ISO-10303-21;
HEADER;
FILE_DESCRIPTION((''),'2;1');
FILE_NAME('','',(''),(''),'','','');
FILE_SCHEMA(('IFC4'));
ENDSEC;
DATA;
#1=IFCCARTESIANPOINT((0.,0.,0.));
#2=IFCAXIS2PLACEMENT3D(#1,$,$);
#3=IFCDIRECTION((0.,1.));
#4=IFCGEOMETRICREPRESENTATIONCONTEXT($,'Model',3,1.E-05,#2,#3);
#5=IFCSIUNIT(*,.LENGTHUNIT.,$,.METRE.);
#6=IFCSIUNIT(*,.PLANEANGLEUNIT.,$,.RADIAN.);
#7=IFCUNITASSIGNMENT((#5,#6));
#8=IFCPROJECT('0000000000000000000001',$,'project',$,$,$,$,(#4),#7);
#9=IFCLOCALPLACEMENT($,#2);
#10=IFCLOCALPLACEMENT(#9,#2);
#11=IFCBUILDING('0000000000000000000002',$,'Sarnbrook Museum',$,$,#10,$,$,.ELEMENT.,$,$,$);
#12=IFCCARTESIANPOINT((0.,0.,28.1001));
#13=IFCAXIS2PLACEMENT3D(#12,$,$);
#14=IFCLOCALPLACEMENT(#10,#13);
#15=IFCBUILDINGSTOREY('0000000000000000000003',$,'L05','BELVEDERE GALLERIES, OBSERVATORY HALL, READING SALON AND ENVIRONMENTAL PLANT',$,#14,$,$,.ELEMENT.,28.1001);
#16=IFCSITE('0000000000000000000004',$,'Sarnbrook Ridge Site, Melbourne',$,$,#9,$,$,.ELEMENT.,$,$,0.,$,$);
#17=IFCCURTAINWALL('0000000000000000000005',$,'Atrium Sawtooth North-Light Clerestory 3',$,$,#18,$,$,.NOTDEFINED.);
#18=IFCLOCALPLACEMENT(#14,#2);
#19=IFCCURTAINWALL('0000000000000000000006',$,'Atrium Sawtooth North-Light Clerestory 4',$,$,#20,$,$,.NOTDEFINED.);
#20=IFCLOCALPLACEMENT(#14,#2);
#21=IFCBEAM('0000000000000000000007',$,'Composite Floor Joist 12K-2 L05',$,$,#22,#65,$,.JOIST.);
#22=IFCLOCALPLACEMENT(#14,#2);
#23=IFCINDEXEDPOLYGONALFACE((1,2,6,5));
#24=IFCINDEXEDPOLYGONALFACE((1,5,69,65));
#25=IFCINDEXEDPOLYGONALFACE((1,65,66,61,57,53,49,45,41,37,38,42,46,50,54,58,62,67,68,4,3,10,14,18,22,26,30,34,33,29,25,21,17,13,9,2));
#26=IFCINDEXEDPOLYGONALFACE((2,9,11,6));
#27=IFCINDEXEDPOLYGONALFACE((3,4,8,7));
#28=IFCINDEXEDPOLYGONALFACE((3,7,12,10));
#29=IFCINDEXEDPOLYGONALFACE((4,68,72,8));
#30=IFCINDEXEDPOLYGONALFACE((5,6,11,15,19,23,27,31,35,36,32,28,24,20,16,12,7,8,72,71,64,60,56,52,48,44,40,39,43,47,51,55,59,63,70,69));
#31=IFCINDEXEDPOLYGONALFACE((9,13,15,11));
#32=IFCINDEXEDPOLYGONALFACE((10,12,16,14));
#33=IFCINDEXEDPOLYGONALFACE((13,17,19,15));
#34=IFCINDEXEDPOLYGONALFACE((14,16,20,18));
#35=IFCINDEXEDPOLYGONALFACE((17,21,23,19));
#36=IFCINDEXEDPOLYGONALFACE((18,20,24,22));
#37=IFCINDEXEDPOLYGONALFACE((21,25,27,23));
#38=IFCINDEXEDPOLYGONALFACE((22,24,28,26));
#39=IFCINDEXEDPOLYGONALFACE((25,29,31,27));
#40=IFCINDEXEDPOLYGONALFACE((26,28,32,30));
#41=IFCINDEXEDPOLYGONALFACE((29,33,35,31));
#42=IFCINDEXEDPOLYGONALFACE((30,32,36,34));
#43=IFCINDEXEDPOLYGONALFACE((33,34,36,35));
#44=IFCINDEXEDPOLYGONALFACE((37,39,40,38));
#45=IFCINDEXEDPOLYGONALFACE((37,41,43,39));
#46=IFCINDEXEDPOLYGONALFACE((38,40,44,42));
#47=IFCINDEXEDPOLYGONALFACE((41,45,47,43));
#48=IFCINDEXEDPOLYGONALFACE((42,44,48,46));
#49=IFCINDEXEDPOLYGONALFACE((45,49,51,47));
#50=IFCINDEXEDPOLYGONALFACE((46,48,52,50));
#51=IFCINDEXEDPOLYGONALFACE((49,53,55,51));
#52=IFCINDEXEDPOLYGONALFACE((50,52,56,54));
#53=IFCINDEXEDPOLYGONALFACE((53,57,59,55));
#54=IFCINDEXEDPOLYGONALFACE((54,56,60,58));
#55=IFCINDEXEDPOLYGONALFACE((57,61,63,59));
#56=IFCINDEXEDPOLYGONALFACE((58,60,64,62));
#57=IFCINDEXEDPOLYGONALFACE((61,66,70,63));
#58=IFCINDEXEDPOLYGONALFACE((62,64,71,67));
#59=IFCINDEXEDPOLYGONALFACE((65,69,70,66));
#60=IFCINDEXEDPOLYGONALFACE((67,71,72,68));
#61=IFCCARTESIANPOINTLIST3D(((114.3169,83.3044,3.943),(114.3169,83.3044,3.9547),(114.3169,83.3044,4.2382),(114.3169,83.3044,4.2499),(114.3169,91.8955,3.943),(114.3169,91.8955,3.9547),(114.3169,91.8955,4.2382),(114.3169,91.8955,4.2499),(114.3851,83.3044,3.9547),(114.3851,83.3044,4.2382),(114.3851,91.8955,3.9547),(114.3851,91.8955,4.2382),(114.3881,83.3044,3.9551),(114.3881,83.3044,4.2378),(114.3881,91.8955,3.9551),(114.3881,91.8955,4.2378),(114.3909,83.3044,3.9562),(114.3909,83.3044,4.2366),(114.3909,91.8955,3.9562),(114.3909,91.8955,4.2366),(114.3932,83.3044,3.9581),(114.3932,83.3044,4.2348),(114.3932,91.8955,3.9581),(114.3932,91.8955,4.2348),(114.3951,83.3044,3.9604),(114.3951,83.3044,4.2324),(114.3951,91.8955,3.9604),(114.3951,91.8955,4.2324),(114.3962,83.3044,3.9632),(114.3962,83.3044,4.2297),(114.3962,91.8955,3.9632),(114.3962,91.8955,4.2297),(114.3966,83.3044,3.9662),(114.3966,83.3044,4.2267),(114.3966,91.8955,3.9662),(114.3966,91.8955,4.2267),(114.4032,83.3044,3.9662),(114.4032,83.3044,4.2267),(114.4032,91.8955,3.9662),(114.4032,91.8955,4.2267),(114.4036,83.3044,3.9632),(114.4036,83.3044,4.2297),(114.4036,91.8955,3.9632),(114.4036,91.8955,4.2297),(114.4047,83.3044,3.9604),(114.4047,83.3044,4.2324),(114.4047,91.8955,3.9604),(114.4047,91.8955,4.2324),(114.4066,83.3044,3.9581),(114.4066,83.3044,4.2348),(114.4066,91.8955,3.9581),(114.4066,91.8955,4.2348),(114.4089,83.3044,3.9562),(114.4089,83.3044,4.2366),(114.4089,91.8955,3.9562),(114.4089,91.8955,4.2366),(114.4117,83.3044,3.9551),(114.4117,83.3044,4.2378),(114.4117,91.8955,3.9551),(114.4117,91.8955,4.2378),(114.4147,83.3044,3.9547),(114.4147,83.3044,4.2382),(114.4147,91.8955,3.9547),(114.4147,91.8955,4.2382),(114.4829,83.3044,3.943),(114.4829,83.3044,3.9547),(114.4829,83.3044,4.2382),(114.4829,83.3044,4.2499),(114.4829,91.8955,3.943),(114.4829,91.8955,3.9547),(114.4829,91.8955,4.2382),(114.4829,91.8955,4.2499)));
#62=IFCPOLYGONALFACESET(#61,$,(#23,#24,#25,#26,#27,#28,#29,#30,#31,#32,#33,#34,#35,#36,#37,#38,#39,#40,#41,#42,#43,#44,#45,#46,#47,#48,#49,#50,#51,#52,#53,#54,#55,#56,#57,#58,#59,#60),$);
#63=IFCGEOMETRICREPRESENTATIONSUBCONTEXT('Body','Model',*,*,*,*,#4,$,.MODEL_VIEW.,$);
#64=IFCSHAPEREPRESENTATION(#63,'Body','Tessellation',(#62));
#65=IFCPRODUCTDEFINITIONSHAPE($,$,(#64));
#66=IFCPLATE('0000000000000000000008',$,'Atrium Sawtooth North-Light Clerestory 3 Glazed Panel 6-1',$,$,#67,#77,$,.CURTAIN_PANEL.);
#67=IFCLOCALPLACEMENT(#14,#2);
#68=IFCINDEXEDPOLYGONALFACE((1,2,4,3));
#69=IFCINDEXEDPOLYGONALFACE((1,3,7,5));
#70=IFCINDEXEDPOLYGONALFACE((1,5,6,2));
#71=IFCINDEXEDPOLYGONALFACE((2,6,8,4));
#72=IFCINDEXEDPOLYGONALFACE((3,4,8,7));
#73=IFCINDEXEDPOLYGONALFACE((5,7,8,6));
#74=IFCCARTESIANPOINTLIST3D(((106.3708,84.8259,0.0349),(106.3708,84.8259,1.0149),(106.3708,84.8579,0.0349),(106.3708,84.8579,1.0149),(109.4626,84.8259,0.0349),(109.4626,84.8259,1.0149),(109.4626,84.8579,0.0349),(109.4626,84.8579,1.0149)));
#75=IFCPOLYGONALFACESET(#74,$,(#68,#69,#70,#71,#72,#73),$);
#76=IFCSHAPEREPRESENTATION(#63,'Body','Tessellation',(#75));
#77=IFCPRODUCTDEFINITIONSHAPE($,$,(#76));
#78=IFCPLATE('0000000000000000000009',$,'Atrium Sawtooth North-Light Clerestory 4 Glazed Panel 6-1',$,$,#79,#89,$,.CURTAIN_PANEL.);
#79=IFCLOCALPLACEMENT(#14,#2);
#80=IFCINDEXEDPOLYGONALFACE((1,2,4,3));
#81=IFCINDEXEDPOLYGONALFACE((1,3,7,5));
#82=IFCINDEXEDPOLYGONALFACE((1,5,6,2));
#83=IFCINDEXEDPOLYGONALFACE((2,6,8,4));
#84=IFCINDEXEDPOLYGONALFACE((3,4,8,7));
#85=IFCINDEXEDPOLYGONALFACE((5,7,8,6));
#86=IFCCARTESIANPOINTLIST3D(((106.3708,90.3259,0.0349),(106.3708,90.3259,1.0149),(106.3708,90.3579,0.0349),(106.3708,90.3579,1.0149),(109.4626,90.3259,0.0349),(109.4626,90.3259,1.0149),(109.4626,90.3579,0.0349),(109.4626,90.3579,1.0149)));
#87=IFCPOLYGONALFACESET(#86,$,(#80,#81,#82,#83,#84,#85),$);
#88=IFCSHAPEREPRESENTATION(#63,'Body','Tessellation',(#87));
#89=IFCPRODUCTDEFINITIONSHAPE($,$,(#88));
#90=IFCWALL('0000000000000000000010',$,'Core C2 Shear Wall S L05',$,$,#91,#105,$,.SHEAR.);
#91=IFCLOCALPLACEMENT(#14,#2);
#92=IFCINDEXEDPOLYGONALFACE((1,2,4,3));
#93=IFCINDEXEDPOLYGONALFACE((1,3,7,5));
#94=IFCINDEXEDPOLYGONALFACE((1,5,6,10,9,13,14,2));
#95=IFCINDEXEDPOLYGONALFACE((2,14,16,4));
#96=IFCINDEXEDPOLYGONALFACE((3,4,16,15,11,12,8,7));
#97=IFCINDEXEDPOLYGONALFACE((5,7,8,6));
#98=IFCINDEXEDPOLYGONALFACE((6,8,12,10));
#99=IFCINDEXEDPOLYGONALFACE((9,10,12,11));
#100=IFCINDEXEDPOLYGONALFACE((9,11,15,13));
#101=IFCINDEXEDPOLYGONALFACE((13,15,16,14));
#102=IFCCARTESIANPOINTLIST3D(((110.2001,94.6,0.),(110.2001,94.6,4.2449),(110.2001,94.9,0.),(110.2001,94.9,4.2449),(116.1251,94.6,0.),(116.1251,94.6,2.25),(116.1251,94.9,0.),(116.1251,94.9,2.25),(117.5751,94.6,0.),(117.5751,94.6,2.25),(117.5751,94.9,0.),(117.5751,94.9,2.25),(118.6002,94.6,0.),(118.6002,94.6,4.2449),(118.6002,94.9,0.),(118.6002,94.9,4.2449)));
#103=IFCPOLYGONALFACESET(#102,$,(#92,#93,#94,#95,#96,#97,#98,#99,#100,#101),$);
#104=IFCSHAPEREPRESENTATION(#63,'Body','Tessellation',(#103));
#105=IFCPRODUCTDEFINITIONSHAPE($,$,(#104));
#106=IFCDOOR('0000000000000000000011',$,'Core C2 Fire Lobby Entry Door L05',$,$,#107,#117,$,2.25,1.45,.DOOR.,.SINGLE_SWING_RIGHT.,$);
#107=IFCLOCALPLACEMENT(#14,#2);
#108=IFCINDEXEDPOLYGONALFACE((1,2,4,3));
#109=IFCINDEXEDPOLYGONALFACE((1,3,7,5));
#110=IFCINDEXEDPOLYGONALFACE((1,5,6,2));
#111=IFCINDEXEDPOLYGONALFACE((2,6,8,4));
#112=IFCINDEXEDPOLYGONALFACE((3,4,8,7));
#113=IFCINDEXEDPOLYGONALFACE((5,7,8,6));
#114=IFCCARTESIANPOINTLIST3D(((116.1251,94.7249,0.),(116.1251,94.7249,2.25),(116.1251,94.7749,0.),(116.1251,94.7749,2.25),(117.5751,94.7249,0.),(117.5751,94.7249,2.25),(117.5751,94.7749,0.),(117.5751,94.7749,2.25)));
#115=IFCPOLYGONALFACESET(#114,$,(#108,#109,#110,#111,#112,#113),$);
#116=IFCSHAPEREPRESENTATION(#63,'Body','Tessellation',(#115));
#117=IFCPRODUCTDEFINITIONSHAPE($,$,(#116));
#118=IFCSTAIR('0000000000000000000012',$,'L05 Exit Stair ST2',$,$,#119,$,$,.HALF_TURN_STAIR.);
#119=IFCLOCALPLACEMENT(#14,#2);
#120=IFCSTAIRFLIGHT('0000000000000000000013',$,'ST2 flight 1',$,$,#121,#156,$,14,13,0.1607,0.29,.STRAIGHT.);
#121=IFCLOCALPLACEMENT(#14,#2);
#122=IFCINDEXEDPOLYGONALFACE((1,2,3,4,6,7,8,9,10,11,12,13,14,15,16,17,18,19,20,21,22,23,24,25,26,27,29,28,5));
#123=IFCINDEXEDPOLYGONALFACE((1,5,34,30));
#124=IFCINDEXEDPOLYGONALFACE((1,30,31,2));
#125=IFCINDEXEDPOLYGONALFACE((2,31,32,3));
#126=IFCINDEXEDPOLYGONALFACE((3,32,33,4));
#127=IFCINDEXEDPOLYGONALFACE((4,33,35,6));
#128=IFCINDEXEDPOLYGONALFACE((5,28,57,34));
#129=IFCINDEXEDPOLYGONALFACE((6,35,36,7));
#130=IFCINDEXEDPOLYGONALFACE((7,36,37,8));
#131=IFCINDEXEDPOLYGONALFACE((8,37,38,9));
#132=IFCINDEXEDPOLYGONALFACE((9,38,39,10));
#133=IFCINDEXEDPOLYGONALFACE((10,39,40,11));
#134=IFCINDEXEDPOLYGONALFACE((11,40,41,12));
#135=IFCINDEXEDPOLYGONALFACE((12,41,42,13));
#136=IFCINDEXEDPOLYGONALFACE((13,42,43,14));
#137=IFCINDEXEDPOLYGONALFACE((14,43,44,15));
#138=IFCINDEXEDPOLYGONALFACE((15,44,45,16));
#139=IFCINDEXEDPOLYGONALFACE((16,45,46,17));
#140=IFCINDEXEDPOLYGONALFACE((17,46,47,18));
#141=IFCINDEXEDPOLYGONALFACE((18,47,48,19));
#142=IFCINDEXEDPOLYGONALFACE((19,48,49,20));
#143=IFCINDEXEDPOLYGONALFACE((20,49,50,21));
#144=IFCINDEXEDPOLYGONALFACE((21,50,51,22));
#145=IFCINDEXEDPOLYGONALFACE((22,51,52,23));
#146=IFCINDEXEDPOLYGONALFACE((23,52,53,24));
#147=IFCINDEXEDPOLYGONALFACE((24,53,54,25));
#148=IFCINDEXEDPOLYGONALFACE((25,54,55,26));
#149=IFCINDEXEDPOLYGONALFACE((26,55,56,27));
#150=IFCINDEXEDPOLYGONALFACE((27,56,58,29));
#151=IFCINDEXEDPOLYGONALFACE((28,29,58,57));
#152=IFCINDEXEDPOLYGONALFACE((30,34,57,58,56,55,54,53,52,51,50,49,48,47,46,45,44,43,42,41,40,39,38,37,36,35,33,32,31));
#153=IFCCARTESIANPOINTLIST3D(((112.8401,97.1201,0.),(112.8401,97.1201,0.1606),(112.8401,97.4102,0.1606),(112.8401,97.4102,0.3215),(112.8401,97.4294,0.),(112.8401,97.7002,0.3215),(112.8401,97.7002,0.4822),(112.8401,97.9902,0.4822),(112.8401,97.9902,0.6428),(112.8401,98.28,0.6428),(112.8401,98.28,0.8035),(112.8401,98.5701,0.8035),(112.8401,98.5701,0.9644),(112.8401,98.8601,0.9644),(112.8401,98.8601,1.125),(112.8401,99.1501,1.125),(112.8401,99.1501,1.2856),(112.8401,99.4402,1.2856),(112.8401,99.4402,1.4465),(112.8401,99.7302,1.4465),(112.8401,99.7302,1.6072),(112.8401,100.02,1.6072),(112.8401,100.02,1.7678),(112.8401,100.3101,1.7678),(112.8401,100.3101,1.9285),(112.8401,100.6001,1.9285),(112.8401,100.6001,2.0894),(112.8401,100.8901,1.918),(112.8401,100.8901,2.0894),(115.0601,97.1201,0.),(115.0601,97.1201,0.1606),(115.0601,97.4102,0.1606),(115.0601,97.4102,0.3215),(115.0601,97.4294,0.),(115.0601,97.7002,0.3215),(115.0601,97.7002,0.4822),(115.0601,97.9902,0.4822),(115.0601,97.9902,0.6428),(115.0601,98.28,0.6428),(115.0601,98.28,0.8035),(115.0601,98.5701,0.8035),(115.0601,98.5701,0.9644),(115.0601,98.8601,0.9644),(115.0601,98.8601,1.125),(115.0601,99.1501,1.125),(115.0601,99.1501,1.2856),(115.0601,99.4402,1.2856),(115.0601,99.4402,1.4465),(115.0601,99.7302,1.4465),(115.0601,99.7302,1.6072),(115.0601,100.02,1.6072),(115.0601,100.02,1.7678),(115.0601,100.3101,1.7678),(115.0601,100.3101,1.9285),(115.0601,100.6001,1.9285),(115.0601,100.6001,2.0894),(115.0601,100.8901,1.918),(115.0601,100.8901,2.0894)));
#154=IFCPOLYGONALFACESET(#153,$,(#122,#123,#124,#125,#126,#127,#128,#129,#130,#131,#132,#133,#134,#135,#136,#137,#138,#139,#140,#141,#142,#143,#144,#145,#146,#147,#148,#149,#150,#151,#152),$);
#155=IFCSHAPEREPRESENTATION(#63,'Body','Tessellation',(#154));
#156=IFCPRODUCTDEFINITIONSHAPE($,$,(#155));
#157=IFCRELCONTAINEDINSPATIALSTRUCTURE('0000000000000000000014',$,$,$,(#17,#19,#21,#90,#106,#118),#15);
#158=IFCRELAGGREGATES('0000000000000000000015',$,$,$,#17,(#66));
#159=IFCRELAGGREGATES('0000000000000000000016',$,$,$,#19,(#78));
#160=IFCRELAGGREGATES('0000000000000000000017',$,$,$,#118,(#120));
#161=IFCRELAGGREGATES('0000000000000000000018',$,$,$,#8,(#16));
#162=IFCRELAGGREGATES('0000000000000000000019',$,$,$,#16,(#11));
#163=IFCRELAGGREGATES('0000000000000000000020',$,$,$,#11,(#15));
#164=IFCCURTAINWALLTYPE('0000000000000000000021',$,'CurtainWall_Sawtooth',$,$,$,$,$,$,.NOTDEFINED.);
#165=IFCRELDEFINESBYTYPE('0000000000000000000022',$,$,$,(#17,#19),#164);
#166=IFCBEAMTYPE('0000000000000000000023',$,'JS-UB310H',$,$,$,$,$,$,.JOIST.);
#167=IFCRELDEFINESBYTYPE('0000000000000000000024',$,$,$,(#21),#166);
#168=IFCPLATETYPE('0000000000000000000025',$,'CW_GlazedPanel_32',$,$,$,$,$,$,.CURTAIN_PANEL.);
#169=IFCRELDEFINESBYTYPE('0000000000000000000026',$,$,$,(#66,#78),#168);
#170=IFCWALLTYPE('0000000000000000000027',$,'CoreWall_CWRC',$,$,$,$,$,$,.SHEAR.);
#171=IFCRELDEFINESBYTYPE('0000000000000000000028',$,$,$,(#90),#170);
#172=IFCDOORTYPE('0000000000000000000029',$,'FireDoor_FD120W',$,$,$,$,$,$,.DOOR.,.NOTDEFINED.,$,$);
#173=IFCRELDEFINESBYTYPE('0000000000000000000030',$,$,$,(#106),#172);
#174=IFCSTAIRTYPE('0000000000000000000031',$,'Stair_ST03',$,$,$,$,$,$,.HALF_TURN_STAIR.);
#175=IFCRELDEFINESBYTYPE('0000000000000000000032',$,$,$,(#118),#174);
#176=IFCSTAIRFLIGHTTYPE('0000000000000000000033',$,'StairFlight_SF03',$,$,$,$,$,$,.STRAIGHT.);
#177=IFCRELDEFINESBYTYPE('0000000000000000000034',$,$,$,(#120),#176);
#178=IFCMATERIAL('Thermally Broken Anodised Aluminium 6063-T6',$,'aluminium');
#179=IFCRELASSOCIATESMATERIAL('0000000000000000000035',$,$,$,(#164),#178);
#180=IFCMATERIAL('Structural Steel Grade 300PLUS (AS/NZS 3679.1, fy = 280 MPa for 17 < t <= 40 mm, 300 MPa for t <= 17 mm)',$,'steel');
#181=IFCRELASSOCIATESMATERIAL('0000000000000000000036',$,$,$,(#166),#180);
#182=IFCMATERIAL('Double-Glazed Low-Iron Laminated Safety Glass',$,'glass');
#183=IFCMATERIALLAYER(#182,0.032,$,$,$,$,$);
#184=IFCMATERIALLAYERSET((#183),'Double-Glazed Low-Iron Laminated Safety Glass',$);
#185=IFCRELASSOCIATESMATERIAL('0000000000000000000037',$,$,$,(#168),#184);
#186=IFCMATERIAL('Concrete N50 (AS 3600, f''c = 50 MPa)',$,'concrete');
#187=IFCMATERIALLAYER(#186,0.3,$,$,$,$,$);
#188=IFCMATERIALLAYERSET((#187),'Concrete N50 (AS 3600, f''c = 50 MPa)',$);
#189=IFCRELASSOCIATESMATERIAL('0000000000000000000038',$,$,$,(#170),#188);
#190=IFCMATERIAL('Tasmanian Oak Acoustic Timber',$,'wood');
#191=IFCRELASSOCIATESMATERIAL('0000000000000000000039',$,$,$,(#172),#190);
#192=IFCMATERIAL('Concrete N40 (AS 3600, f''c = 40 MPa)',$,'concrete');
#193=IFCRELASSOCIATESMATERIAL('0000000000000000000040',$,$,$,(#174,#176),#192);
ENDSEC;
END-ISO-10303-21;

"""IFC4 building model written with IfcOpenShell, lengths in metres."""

from ifc_helpers import new_model, si_unit, direction, frame, frame_2d, origin, origin_2d, place, context, subcontext, project, spatial, polyline, rectangle, i_section, outline, extrude, material, layer, layer_set, material_profile, profile_set, type_object, element, fill, aggregate, save


model = new_model("IFC4")

# Units and contexts
model_context = context("Model", 3, precision=1e-05, world=origin(), true_north=direction((0.0, 1.0)))
body_context = subcontext(model_context, "Body", "Model", "MODEL_VIEW")
ifc_project = project(units=[si_unit("LENGTHUNIT", "METRE"), si_unit("PLANEANGLEUNIT", "RADIAN")], contexts=[model_context])

# Site, building, storey
site_placement = place(None, origin())
site = spatial("IfcSite", under=ifc_project, at=site_placement, Name="Sarnbrook Ridge Site, Melbourne", CompositionType="ELEMENT", RefElevation=0.0)
building_placement = place(site_placement, origin())
building = spatial("IfcBuilding", under=site, at=building_placement, Name="Sarnbrook Museum", CompositionType="ELEMENT")
storey_placement = place(building_placement, frame((0.0, 0.0, 28.1001)))
storey = spatial("IfcBuildingStorey", under=building, at=storey_placement, Name="L05", Description="BELVEDERE GALLERIES, OBSERVATORY HALL, READING SALON AND ENVIRONMENTAL PLANT", CompositionType="ELEMENT", Elevation=28.1001)

# Shared definitions
ifc_material_1 = material(Name="Structural Steel Grade 300PLUS (AS/NZS 3679.1, fy = 280 MPa for 17 < t <= 40 mm, 300 MPa for t <= 17 mm)", Category="steel")

# Curtain walls
ifc_material_2 = material(Name="Thermally Broken Anodised Aluminium 6063-T6", Category="aluminium")
curtain_wall_type = type_object("IfcCurtainWallType", Name="CurtainWall_Sawtooth", PredefinedType="NOTDEFINED", material=ifc_material_2)
curtain_wall_1_placement = place(storey_placement, origin())
curtain_wall_1 = element("IfcCurtainWall", 1, at=curtain_wall_1_placement, inside=storey, type_object=curtain_wall_type, Name="Atrium Sawtooth North-Light Clerestory 3", PredefinedType="NOTDEFINED")
curtain_wall_2_placement = place(storey_placement, origin())
curtain_wall_2 = element("IfcCurtainWall", 2, at=curtain_wall_2_placement, inside=storey, type_object=curtain_wall_type, Name="Atrium Sawtooth North-Light Clerestory 4", PredefinedType="NOTDEFINED")

# Beam
ifc_material_profile_1 = material_profile(ifc_material_1, i_section(OverallWidth=0.166, OverallDepth=0.3069, WebThickness=0.0066, FlangeThickness=0.0117, FilletRadius=0.0115, at=origin_2d()), Name="310UB46.2")
ifc_profile_set_1 = profile_set([ifc_material_profile_1], Name="Structural Steel Grade 300PLUS (AS/NZS 3679.1, fy = 280 MPa for 17 < t <= 40 mm, 300 MPa for t <= 17 mm)")
beam_type_1 = type_object("IfcBeamType", Name="JS-UB310H", PredefinedType="JOIST", material=ifc_profile_set_1)
for number, where, z_axis, x_axis, name in (
    (3, (114.3999, 83.3044, 4.0964), (0.0, 1.0, 0.0), (-1.0, 0.0, 0.0), "Composite Floor Joist 12K-2 L05"),
):
    element("IfcBeam", number, at=place(storey_placement, frame(where, z_axis=z_axis, x_axis=x_axis)), inside=storey, type_object=beam_type_1, Name=name, PredefinedType="JOIST", context=body_context, shape_type="SweptSolid", body=[
        extrude(i_section(OverallWidth=0.166, OverallDepth=0.3069, WebThickness=0.0066, FlangeThickness=0.0117, FilletRadius=0.0115, at=origin_2d()), origin(), (0.0, 0.0, 1.0), 8.5911),
    ])

# Plates
ifc_material_3 = material(Name="Double-Glazed Low-Iron Laminated Safety Glass", Category="glass")
ifc_layer_1 = layer(ifc_material_3, 0.032)
ifc_layer_set_1 = layer_set([ifc_layer_1], Name="Double-Glazed Low-Iron Laminated Safety Glass")
plate_type = type_object("IfcPlateType", Name="CW_GlazedPanel_32", PredefinedType="CURTAIN_PANEL", material=ifc_layer_set_1)
plate_1_placement = place(storey_placement, frame((107.9167, 84.8579, 0.5249), z_axis=(0.0, -1.0, 0.0), x_axis=(1.0, 0.0, 0.0)))
plate_1 = element("IfcPlate", 4, at=plate_1_placement, type_object=plate_type, Name="Atrium Sawtooth North-Light Clerestory 3 Glazed Panel 6-1", PredefinedType="CURTAIN_PANEL", context=body_context, shape_type="SweptSolid", body=[
    extrude(rectangle(XDim=3.0918, YDim=0.98, at=origin_2d()), origin(), (0.0, 0.0, 1.0), 0.032),
])
aggregate(curtain_wall_1, [plate_1])
plate_2_placement = place(storey_placement, frame((107.9167, 90.3579, 0.5249), z_axis=(0.0, -1.0, 0.0), x_axis=(1.0, 0.0, 0.0)))
plate_2 = element("IfcPlate", 5, at=plate_2_placement, type_object=plate_type, Name="Atrium Sawtooth North-Light Clerestory 4 Glazed Panel 6-1", PredefinedType="CURTAIN_PANEL", context=body_context, shape_type="SweptSolid", body=[
    extrude(rectangle(XDim=3.0918, YDim=0.98, at=origin_2d()), origin(), (0.0, 0.0, 1.0), 0.032),
])
aggregate(curtain_wall_2, [plate_2])

# Wall, opening, door
ifc_material_4 = material(Name="Concrete N50 (AS 3600, f'c = 50 MPa)", Category="concrete")
ifc_layer_2 = layer(ifc_material_4, 0.3)
ifc_layer_set_2 = layer_set([ifc_layer_2], Name="Concrete N50 (AS 3600, f'c = 50 MPa)")
wall_type = type_object("IfcWallType", Name="CoreWall_CWRC", PredefinedType="SHEAR", material=ifc_layer_set_2)
wall_placement = place(storey_placement, frame((110.2, 94.75, 0.0), z_axis=(0.0, 0.0, 1.0), x_axis=(1.0, 0.0, 0.0)))
wall = element("IfcWall", 6, at=wall_placement, inside=storey, type_object=wall_type, Name="Core C2 Shear Wall S L05", PredefinedType="SHEAR", context=body_context, shape_type="SweptSolid", body=[
    extrude(rectangle(XDim=8.4001, YDim=0.3, at=frame_2d((4.2002, 0.0))), origin(), (0.0, 0.0, 1.0), 4.2449),
])
opening_placement = place(wall_placement, frame((5.925, 0.0, 0.0)))
opening = element("IfcOpeningElement", 7, at=opening_placement, cuts=wall, PredefinedType="OPENING", context=body_context, shape_type="SweptSolid", body=[
    extrude(rectangle(XDim=1.45, YDim=2.25, at=frame_2d((0.7251, 1.125))), frame((0.0, 0.1602, 0.0), z_axis=(0.0, -1.0, 0.0), x_axis=(1.0, 0.0, 0.0)), (0.0, 0.0, 1.0), 0.3201),
])
ifc_material_5 = material(Name="Tasmanian Oak Acoustic Timber", Category="wood")
door_type = type_object("IfcDoorType", Name="FireDoor_FD120W", OperationType="NOTDEFINED", PredefinedType="DOOR", material=ifc_material_5)
door_placement = place(opening_placement, origin())
door = element("IfcDoor", 8, at=door_placement, inside=storey, type_object=door_type, Name="Core C2 Fire Lobby Entry Door L05", OperationType="SINGLE_SWING_RIGHT", OverallHeight=2.25, OverallWidth=1.45, PredefinedType="DOOR", context=body_context, shape_type="SweptSolid", body=[
    extrude(rectangle(XDim=1.45, YDim=2.25, at=frame_2d((0.7251, 1.125))), frame((0.0, 0.0249, 0.0), z_axis=(0.0, -1.0, 0.0), x_axis=(1.0, 0.0, 0.0)), (0.0, 0.0, 1.0), 0.05),
])
fill(opening, door)

# Stair, stair flight
ifc_material_6 = material(Name="Concrete N40 (AS 3600, f'c = 40 MPa)", Category="concrete")
stair_type = type_object("IfcStairType", Name="Stair_ST03", PredefinedType="HALF_TURN_STAIR", material=ifc_material_6)
stair_placement = place(storey_placement, origin())
stair = element("IfcStair", 9, at=stair_placement, inside=storey, type_object=stair_type, Name="L05 Exit Stair ST2", PredefinedType="HALF_TURN_STAIR")
stair_flight_type = type_object("IfcStairFlightType", Name="StairFlight_SF03", PredefinedType="STRAIGHT", material=ifc_material_6)
stair_flight_1_placement = place(storey_placement, frame((113.95, 97.1201, 0.0), z_axis=(0.0, 0.0, 1.0), x_axis=(0.0, 1.0, 0.0)))
stair_flight_1 = element("IfcStairFlight", 10, at=stair_flight_1_placement, type_object=stair_flight_type, Name="ST2 flight 1", NumberOfRisers=14, NumberOfTreads=13, PredefinedType="STRAIGHT", RiserHeight=0.1607, TreadLength=0.29, context=body_context, shape_type="SweptSolid", body=[
    extrude(outline(polyline([(0.0, 0.0), (0.0, 0.1606), (0.29, 0.1606), (0.29, 0.3215), (0.5801, 0.3215), (0.5801, 0.4822), (0.8701, 0.4822), (0.8701, 0.6428), (1.1599, 0.6428), (1.1599, 0.8035), (1.45, 0.8035), (1.45, 0.9644), (1.74, 0.9644), (1.74, 1.125), (2.03, 1.125), (2.03, 1.2856), (2.3201, 1.2856), (2.3201, 1.4465), (2.6101, 1.4465), (2.6101, 1.6072), (2.8999, 1.6072), (2.8999, 1.7678), (3.1899, 1.7678), (3.1899, 1.9285), (3.48, 1.9285), (3.48, 2.0894), (3.77, 2.0894), (3.77, 2.25), (3.77, 1.918), (0.3093, 0.0), (0.0, 0.0)])), frame((0.0, 1.1099, 0.0), z_axis=(0.0, -1.0, 0.0), x_axis=(1.0, 0.0, 0.0)), (0.0, 0.0, 1.0), 2.22),
])
aggregate(stair, [stair_flight_1])

save(model, "model.ifc")
